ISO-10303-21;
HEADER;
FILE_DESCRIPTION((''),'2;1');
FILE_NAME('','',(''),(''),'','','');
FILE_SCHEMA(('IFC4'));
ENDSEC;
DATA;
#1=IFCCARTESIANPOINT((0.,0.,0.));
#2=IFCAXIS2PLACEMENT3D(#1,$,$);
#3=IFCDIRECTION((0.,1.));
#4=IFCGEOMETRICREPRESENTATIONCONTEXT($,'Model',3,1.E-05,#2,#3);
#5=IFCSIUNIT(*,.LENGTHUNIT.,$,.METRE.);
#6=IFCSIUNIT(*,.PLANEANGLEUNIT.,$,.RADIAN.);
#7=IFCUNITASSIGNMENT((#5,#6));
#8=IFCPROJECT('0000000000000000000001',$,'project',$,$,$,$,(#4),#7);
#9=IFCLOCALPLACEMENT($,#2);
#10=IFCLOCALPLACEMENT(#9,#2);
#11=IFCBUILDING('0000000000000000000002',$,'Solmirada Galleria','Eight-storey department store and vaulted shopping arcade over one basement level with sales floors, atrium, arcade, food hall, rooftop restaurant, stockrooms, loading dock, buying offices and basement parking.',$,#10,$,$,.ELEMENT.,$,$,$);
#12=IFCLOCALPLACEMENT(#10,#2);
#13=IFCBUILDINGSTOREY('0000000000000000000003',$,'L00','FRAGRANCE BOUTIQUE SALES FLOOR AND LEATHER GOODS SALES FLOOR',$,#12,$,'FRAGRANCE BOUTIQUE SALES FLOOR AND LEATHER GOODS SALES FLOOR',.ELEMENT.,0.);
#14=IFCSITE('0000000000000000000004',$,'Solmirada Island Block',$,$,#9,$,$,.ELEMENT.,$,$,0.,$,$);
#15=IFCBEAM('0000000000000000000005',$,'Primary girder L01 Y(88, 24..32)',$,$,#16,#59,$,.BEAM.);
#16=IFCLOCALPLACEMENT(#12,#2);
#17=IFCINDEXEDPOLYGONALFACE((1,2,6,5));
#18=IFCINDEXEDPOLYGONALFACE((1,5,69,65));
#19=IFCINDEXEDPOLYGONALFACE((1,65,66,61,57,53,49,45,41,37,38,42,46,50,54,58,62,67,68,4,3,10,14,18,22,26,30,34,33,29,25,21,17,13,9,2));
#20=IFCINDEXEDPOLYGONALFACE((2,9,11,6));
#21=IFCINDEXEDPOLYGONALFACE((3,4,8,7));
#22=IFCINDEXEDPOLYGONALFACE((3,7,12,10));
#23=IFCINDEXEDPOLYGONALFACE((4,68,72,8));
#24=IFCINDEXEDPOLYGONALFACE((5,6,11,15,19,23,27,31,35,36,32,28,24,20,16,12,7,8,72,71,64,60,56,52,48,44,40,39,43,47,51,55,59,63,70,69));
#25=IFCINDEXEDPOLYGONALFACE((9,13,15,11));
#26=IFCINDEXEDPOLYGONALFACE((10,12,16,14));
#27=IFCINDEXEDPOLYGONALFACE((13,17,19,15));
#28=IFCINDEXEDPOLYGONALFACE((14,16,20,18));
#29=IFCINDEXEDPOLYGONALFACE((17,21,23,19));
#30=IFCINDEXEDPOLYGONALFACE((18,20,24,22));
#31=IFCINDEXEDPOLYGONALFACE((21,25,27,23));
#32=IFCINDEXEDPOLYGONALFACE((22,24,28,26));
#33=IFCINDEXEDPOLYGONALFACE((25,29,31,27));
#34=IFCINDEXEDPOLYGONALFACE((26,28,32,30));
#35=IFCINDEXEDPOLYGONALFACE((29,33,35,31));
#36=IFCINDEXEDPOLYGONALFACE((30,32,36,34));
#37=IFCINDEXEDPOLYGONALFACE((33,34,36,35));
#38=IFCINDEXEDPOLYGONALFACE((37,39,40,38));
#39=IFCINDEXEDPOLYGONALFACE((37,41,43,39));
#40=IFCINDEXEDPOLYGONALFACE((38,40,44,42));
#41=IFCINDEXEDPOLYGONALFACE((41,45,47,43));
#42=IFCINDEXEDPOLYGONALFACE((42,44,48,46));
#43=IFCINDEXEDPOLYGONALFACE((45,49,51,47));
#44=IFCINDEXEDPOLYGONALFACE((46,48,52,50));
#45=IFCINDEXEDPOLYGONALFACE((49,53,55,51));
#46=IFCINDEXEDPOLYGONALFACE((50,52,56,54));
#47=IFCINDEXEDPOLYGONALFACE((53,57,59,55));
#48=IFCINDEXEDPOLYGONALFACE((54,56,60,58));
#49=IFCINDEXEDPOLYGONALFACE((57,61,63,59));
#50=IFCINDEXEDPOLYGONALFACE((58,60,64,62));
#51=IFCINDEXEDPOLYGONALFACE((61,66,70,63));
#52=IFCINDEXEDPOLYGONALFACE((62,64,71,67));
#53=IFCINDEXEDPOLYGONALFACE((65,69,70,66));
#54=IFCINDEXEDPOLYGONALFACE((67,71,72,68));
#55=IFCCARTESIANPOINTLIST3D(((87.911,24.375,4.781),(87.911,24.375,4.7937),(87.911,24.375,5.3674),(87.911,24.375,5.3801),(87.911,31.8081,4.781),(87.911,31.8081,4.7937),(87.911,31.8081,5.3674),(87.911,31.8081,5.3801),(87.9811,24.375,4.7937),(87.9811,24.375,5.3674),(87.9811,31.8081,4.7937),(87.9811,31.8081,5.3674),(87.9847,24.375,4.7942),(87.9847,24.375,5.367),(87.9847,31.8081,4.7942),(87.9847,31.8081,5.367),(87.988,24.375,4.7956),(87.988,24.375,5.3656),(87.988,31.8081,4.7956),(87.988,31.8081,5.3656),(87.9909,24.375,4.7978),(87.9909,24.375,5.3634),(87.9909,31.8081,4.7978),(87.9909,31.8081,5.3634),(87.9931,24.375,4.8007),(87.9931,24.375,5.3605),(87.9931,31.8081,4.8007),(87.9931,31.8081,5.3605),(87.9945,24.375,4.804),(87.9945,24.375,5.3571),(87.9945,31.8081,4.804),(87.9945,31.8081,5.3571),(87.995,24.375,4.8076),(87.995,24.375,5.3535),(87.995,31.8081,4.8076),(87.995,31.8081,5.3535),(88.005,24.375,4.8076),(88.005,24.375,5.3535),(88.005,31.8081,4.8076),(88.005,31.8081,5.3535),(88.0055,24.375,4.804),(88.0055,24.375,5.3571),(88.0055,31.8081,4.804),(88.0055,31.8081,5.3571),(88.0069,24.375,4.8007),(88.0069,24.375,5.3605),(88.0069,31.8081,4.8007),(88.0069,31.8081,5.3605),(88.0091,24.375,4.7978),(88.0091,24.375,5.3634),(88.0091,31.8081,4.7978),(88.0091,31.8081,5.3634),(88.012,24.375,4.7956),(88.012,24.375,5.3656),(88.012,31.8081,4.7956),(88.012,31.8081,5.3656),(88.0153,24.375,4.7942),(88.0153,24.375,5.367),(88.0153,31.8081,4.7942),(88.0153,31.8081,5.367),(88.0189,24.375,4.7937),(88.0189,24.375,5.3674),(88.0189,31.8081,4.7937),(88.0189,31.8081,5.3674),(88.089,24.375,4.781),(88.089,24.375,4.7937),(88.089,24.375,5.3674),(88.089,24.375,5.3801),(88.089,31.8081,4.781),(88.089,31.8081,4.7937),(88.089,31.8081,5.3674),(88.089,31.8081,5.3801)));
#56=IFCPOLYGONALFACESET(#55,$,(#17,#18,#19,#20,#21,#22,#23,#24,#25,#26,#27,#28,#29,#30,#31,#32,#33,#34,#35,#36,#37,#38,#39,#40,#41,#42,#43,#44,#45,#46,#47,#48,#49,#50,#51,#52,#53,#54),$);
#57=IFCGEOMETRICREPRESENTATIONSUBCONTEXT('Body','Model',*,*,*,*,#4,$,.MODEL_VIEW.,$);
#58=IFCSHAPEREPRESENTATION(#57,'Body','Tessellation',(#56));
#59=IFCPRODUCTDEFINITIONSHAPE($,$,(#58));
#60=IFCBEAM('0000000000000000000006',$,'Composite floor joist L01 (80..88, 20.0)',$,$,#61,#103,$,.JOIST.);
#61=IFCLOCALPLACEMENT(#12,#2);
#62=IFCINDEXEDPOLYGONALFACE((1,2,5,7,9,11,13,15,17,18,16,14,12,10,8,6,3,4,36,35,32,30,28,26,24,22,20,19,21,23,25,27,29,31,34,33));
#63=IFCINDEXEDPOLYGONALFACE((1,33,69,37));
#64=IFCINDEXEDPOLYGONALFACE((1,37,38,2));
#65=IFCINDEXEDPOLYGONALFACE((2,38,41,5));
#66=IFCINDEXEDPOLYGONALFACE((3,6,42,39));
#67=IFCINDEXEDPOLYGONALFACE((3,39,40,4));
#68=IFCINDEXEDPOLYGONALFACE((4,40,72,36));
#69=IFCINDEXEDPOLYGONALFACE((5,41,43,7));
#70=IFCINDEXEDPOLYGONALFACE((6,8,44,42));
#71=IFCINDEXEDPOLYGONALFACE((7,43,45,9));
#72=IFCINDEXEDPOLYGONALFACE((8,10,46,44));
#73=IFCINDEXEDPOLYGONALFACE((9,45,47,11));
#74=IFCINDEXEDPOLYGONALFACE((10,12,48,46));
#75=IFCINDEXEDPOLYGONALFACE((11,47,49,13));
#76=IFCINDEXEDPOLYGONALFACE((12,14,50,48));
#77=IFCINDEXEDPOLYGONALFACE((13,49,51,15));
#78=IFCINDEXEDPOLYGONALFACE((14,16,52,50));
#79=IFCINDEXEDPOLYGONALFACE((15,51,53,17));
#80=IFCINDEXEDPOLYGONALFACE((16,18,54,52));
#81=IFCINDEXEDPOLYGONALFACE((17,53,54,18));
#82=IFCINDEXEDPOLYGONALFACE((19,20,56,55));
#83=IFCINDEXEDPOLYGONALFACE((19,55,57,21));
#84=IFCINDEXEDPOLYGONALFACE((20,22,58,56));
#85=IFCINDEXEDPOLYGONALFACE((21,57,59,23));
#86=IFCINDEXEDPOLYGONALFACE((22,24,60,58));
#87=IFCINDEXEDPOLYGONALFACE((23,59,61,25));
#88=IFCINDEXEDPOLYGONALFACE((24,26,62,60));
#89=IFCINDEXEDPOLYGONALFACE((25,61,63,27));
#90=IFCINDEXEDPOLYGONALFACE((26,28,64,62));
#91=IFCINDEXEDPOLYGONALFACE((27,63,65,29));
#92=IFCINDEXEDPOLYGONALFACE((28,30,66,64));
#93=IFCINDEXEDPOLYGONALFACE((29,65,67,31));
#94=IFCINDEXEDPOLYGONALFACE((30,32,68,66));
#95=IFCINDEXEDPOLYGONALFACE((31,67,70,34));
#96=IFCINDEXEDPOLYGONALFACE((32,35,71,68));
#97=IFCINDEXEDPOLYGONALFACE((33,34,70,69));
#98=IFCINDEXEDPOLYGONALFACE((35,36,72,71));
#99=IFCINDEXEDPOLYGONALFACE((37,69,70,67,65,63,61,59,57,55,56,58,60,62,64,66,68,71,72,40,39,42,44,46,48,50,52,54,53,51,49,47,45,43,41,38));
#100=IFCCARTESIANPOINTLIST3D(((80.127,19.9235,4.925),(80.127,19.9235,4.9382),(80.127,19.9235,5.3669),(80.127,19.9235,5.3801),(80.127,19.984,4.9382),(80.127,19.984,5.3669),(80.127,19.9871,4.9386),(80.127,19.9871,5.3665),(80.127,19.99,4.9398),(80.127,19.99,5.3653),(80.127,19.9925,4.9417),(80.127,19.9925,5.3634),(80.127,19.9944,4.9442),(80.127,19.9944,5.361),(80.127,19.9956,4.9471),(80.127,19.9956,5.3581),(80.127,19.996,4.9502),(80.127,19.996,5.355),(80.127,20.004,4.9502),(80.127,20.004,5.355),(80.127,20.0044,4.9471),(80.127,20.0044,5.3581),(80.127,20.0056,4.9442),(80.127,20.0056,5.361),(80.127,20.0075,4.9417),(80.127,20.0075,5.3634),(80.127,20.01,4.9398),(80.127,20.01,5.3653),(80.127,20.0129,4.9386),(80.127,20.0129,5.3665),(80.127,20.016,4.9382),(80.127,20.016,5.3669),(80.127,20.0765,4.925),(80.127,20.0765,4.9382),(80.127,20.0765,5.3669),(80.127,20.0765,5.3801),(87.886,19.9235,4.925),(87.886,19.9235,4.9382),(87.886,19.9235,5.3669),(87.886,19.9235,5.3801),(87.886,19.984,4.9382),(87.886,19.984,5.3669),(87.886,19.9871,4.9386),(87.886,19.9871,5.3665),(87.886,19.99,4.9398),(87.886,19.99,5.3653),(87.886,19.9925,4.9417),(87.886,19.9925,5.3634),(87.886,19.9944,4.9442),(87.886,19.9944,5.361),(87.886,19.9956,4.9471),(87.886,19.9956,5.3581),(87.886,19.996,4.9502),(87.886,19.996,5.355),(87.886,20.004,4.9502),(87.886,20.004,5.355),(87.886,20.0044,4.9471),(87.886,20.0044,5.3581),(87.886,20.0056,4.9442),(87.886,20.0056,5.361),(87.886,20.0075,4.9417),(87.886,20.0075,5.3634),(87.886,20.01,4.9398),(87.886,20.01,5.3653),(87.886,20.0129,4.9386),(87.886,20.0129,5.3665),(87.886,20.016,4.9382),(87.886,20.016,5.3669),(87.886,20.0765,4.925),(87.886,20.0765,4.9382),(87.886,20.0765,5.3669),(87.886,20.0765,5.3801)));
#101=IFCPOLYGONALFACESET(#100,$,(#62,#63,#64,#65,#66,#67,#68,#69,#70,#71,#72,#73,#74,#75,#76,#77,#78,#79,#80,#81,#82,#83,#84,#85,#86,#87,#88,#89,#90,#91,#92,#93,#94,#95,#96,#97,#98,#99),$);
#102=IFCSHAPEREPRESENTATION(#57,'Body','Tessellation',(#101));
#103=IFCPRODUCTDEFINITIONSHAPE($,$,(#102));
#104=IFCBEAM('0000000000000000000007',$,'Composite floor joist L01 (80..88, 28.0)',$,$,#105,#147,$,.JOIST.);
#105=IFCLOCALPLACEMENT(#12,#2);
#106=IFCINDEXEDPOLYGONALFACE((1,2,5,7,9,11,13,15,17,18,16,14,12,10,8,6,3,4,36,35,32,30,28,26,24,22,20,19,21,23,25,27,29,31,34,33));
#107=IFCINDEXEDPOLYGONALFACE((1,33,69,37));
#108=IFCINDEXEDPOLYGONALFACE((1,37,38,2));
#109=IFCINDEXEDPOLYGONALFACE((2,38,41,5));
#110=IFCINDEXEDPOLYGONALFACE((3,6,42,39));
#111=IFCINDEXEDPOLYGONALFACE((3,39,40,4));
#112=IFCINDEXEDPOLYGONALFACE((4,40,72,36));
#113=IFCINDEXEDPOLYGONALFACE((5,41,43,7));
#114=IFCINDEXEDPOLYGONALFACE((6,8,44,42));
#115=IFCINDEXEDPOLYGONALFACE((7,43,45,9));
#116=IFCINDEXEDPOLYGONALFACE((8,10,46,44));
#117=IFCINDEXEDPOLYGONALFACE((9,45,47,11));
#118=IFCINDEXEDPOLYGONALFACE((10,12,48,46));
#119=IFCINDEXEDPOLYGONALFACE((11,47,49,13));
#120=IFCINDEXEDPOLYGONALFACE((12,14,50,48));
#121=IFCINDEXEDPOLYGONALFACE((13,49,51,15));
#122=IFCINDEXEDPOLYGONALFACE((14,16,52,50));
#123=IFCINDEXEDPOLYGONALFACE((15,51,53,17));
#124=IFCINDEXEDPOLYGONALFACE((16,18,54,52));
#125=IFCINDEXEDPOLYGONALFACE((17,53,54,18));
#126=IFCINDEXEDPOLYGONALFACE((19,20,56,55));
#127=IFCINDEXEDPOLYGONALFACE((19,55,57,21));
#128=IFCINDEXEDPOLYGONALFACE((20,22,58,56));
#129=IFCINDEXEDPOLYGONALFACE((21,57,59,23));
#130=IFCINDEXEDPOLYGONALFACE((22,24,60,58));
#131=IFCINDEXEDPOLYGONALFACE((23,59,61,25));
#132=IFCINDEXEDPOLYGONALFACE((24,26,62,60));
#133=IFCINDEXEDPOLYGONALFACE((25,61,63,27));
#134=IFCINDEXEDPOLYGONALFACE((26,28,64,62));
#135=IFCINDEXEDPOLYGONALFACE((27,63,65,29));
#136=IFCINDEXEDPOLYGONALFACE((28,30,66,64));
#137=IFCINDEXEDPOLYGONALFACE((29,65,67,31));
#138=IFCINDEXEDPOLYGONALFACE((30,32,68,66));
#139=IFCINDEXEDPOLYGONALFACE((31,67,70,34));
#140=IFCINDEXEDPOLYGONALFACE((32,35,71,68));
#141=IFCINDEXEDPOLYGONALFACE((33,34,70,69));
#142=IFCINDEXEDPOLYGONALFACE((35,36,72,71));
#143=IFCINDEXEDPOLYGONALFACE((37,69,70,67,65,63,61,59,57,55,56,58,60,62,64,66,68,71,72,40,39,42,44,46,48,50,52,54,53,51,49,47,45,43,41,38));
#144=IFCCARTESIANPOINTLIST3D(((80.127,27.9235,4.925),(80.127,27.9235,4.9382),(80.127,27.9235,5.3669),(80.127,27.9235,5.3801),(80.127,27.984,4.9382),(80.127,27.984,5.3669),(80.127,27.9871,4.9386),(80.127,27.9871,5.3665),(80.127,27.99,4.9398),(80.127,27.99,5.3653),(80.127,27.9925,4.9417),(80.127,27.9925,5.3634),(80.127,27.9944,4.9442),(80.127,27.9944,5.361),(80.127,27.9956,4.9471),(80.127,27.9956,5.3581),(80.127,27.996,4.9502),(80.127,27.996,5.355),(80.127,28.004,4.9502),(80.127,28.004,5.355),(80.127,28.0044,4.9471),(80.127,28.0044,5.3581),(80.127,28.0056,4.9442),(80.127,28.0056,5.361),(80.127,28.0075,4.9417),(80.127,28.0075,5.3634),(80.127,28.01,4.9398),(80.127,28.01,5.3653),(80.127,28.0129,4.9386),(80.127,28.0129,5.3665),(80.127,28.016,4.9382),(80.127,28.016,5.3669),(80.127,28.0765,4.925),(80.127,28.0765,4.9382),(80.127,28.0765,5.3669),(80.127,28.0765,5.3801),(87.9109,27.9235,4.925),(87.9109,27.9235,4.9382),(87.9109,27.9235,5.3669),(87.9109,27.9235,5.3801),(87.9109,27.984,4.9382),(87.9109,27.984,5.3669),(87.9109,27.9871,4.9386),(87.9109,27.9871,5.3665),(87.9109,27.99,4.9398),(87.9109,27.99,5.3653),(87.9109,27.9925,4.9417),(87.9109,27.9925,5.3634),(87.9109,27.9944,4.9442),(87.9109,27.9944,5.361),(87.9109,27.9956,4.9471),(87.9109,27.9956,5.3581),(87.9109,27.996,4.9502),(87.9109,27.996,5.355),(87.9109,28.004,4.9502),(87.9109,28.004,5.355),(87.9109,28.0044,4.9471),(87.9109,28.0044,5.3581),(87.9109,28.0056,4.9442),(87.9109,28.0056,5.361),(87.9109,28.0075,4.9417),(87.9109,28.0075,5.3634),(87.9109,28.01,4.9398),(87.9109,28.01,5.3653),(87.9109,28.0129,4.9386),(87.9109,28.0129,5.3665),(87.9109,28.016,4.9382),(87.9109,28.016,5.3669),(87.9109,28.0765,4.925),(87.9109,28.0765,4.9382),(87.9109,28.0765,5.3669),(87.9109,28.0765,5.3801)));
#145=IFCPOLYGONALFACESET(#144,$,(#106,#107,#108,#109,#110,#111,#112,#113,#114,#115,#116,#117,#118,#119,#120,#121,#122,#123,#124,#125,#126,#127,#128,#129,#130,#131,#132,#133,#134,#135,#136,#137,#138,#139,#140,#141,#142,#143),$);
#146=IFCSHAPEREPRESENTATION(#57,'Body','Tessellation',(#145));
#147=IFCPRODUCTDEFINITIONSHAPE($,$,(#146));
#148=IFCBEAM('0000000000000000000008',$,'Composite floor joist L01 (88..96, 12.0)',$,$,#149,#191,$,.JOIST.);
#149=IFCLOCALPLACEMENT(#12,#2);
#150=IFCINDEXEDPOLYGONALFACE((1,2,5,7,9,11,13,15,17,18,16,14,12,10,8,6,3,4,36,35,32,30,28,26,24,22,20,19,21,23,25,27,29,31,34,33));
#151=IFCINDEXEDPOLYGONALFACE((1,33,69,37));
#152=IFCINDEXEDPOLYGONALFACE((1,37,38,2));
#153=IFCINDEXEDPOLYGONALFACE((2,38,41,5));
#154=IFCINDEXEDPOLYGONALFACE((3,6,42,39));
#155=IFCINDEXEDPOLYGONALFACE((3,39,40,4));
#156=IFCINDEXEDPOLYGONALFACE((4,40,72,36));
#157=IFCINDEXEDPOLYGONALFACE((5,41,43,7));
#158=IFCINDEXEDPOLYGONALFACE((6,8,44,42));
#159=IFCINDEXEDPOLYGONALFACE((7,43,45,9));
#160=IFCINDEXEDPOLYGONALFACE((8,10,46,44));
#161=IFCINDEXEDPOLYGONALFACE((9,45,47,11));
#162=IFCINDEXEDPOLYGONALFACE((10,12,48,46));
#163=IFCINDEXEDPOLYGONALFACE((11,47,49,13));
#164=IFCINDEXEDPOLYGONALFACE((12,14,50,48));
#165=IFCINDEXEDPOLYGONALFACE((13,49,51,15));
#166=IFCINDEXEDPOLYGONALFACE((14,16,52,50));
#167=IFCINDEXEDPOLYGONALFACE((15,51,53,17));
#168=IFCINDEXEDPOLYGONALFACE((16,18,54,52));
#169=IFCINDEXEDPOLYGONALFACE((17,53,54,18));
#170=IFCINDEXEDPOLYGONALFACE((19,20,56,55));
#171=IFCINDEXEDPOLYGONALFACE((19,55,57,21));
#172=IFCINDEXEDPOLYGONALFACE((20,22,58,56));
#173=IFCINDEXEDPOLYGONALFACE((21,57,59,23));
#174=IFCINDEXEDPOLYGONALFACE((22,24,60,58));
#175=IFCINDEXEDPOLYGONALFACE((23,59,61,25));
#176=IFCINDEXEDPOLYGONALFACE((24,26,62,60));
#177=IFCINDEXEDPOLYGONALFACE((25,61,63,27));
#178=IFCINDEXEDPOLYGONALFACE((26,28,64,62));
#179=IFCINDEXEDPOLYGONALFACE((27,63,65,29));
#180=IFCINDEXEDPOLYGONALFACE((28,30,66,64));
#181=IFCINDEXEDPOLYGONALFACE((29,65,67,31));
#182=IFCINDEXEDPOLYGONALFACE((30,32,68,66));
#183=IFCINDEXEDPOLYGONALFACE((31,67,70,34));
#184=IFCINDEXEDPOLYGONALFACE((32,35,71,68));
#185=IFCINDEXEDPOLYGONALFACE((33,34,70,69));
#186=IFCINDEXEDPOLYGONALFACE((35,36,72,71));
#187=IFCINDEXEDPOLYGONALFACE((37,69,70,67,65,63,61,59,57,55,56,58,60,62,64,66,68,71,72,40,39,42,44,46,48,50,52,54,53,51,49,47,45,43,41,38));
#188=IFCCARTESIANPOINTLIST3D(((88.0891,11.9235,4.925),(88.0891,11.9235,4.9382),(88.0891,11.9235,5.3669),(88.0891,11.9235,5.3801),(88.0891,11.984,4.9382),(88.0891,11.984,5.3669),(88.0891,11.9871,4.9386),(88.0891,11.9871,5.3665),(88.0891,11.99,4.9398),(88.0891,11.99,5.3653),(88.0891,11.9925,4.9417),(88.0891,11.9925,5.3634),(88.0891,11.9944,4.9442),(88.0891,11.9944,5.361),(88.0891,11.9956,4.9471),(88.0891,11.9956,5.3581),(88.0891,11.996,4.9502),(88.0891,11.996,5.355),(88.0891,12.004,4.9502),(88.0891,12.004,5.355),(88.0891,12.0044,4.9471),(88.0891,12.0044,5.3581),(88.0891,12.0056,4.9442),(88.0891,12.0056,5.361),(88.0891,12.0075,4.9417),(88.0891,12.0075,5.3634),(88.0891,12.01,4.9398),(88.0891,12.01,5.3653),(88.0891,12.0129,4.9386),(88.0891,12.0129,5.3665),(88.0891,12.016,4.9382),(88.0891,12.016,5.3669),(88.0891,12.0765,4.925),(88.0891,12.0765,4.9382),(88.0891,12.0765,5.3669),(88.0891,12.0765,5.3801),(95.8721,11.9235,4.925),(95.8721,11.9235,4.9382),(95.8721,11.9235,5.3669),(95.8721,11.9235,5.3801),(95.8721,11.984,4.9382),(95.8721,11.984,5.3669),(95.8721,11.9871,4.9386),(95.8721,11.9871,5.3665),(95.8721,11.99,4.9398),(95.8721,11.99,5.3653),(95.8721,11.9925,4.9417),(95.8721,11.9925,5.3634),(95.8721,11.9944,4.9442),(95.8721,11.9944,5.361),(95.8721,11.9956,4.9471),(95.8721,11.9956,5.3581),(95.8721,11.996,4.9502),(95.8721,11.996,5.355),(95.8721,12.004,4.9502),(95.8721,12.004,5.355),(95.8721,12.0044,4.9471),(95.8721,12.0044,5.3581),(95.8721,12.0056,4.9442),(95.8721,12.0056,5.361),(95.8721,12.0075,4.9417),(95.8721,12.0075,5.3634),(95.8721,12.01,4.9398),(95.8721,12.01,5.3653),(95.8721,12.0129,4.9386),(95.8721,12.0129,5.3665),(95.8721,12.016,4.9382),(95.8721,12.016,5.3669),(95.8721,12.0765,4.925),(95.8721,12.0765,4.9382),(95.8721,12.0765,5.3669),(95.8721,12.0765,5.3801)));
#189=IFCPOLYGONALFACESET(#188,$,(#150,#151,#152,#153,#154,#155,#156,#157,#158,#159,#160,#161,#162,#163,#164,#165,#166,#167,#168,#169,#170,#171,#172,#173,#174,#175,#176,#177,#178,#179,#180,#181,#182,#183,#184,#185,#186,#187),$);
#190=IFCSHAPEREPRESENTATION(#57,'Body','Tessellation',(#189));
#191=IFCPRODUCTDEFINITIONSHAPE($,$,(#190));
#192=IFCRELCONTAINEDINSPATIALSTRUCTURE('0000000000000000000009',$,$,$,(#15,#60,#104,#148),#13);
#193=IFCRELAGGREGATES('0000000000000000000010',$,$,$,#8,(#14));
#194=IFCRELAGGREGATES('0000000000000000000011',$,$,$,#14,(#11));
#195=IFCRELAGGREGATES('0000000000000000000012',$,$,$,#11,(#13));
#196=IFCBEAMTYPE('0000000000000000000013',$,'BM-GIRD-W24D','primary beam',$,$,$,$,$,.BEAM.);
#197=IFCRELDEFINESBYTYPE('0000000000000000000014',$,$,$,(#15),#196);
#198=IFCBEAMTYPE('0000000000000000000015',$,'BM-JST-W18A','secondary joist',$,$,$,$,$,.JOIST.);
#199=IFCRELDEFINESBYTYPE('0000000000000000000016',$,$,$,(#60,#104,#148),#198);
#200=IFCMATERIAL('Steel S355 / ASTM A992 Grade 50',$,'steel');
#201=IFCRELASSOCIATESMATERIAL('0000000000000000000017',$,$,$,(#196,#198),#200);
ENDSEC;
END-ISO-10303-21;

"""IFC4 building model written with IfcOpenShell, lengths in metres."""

from ifc_helpers import new_model, si_unit, direction, frame, origin, origin_2d, place, context, subcontext, project, spatial, i_section, extrude, material, material_profile, profile_set, type_object, element, save


model = new_model("IFC4")

# Units and contexts
model_context = context("Model", 3, precision=1e-05, world=origin(), true_north=direction((0.0, 1.0)))
body_context = subcontext(model_context, "Body", "Model", "MODEL_VIEW")
ifc_project = project(units=[si_unit("LENGTHUNIT", "METRE"), si_unit("PLANEANGLEUNIT", "RADIAN")], contexts=[model_context])

# Site, building, storey
site_placement = place(None, origin())
site = spatial("IfcSite", under=ifc_project, at=site_placement, Name="Solmirada Island Block", CompositionType="ELEMENT", RefElevation=0.0)
building_placement = place(site_placement, origin())
building = spatial("IfcBuilding", under=site, at=building_placement, Name="Solmirada Galleria", Description="Eight-storey department store and vaulted shopping arcade over one basement level with sales floors, atrium, arcade, food hall, rooftop restaurant, stockrooms, loading dock, buying offices and basement parking.", CompositionType="ELEMENT")
storey_placement = place(building_placement, origin())
storey = spatial("IfcBuildingStorey", under=building, at=storey_placement, Name="L00", Description="FRAGRANCE BOUTIQUE SALES FLOOR AND LEATHER GOODS SALES FLOOR", LongName="FRAGRANCE BOUTIQUE SALES FLOOR AND LEATHER GOODS SALES FLOOR", CompositionType="ELEMENT", Elevation=0.0)

# Beams
ifc_material_1 = material(Name="Steel S355 / ASTM A992 Grade 50", Category="steel")
ifc_material_profile_1 = material_profile(ifc_material_1, i_section(OverallWidth=0.178, OverallDepth=0.5991, WebThickness=0.01, FlangeThickness=0.0127, FilletRadius=0.0139, at=origin_2d()), Name="W24X55")
ifc_profile_set_1 = profile_set([ifc_material_profile_1], Name="Steel S355 / ASTM A992 Grade 50")
beam_type_1 = type_object("IfcBeamType", Name="BM-GIRD-W24D", Description="primary beam", PredefinedType="BEAM", material=ifc_profile_set_1)
beam_1_placement = place(storey_placement, frame((88.0, 24.375, 5.0806), z_axis=(0.0, 1.0, 0.0), x_axis=(-1.0, 0.0, 0.0)))
element("IfcBeam", 1, at=beam_1_placement, inside=storey, type_object=beam_type_1, Name="Primary girder L01 Y(88, 24..32)", PredefinedType="BEAM", context=body_context, shape_type="SweptSolid", body=[
    extrude(i_section(OverallWidth=0.178, OverallDepth=0.5991, WebThickness=0.01, FlangeThickness=0.0127, FilletRadius=0.0139, at=origin_2d()), origin(), (0.0, 0.0, 1.0), 7.4331),
])
ifc_material_profile_2 = material_profile(ifc_material_1, i_section(OverallWidth=0.1531, OverallDepth=0.4551, WebThickness=0.0081, FlangeThickness=0.0132, FilletRadius=0.012, at=origin_2d()), Name="W18X40")
ifc_profile_set_2 = profile_set([ifc_material_profile_2], Name="Steel S355 / ASTM A992 Grade 50")
beam_type_2 = type_object("IfcBeamType", Name="BM-JST-W18A", Description="secondary joist", PredefinedType="JOIST", material=ifc_profile_set_2)
beam_2_placement = place(storey_placement, frame((80.127, 20.0, 5.1526), z_axis=(1.0, 0.0, 0.0), x_axis=(0.0, 1.0, 0.0)))
element("IfcBeam", 2, at=beam_2_placement, inside=storey, type_object=beam_type_2, Name="Composite floor joist L01 (80..88, 20.0)", PredefinedType="JOIST", context=body_context, shape_type="SweptSolid", body=[
    extrude(i_section(OverallWidth=0.1531, OverallDepth=0.4551, WebThickness=0.0081, FlangeThickness=0.0132, FilletRadius=0.012, at=origin_2d()), origin(), (0.0, 0.0, 1.0), 7.759),
])
beam_3_placement = place(storey_placement, frame((80.127, 28.0, 5.1526), z_axis=(1.0, 0.0, 0.0), x_axis=(0.0, 1.0, 0.0)))
element("IfcBeam", 3, at=beam_3_placement, inside=storey, type_object=beam_type_2, Name="Composite floor joist L01 (80..88, 28.0)", PredefinedType="JOIST", context=body_context, shape_type="SweptSolid", body=[
    extrude(i_section(OverallWidth=0.1531, OverallDepth=0.4551, WebThickness=0.0081, FlangeThickness=0.0132, FilletRadius=0.012, at=origin_2d()), origin(), (0.0, 0.0, 1.0), 7.7839),
])
beam_4_placement = place(storey_placement, frame((88.0891, 12.0, 5.1526), z_axis=(1.0, 0.0, 0.0), x_axis=(0.0, 1.0, 0.0)))
element("IfcBeam", 4, at=beam_4_placement, inside=storey, type_object=beam_type_2, Name="Composite floor joist L01 (88..96, 12.0)", PredefinedType="JOIST", context=body_context, shape_type="SweptSolid", body=[
    extrude(i_section(OverallWidth=0.1531, OverallDepth=0.4551, WebThickness=0.0081, FlangeThickness=0.0132, FilletRadius=0.012, at=origin_2d()), origin(), (0.0, 0.0, 1.0), 7.783),
])

save(model, "model.ifc")
